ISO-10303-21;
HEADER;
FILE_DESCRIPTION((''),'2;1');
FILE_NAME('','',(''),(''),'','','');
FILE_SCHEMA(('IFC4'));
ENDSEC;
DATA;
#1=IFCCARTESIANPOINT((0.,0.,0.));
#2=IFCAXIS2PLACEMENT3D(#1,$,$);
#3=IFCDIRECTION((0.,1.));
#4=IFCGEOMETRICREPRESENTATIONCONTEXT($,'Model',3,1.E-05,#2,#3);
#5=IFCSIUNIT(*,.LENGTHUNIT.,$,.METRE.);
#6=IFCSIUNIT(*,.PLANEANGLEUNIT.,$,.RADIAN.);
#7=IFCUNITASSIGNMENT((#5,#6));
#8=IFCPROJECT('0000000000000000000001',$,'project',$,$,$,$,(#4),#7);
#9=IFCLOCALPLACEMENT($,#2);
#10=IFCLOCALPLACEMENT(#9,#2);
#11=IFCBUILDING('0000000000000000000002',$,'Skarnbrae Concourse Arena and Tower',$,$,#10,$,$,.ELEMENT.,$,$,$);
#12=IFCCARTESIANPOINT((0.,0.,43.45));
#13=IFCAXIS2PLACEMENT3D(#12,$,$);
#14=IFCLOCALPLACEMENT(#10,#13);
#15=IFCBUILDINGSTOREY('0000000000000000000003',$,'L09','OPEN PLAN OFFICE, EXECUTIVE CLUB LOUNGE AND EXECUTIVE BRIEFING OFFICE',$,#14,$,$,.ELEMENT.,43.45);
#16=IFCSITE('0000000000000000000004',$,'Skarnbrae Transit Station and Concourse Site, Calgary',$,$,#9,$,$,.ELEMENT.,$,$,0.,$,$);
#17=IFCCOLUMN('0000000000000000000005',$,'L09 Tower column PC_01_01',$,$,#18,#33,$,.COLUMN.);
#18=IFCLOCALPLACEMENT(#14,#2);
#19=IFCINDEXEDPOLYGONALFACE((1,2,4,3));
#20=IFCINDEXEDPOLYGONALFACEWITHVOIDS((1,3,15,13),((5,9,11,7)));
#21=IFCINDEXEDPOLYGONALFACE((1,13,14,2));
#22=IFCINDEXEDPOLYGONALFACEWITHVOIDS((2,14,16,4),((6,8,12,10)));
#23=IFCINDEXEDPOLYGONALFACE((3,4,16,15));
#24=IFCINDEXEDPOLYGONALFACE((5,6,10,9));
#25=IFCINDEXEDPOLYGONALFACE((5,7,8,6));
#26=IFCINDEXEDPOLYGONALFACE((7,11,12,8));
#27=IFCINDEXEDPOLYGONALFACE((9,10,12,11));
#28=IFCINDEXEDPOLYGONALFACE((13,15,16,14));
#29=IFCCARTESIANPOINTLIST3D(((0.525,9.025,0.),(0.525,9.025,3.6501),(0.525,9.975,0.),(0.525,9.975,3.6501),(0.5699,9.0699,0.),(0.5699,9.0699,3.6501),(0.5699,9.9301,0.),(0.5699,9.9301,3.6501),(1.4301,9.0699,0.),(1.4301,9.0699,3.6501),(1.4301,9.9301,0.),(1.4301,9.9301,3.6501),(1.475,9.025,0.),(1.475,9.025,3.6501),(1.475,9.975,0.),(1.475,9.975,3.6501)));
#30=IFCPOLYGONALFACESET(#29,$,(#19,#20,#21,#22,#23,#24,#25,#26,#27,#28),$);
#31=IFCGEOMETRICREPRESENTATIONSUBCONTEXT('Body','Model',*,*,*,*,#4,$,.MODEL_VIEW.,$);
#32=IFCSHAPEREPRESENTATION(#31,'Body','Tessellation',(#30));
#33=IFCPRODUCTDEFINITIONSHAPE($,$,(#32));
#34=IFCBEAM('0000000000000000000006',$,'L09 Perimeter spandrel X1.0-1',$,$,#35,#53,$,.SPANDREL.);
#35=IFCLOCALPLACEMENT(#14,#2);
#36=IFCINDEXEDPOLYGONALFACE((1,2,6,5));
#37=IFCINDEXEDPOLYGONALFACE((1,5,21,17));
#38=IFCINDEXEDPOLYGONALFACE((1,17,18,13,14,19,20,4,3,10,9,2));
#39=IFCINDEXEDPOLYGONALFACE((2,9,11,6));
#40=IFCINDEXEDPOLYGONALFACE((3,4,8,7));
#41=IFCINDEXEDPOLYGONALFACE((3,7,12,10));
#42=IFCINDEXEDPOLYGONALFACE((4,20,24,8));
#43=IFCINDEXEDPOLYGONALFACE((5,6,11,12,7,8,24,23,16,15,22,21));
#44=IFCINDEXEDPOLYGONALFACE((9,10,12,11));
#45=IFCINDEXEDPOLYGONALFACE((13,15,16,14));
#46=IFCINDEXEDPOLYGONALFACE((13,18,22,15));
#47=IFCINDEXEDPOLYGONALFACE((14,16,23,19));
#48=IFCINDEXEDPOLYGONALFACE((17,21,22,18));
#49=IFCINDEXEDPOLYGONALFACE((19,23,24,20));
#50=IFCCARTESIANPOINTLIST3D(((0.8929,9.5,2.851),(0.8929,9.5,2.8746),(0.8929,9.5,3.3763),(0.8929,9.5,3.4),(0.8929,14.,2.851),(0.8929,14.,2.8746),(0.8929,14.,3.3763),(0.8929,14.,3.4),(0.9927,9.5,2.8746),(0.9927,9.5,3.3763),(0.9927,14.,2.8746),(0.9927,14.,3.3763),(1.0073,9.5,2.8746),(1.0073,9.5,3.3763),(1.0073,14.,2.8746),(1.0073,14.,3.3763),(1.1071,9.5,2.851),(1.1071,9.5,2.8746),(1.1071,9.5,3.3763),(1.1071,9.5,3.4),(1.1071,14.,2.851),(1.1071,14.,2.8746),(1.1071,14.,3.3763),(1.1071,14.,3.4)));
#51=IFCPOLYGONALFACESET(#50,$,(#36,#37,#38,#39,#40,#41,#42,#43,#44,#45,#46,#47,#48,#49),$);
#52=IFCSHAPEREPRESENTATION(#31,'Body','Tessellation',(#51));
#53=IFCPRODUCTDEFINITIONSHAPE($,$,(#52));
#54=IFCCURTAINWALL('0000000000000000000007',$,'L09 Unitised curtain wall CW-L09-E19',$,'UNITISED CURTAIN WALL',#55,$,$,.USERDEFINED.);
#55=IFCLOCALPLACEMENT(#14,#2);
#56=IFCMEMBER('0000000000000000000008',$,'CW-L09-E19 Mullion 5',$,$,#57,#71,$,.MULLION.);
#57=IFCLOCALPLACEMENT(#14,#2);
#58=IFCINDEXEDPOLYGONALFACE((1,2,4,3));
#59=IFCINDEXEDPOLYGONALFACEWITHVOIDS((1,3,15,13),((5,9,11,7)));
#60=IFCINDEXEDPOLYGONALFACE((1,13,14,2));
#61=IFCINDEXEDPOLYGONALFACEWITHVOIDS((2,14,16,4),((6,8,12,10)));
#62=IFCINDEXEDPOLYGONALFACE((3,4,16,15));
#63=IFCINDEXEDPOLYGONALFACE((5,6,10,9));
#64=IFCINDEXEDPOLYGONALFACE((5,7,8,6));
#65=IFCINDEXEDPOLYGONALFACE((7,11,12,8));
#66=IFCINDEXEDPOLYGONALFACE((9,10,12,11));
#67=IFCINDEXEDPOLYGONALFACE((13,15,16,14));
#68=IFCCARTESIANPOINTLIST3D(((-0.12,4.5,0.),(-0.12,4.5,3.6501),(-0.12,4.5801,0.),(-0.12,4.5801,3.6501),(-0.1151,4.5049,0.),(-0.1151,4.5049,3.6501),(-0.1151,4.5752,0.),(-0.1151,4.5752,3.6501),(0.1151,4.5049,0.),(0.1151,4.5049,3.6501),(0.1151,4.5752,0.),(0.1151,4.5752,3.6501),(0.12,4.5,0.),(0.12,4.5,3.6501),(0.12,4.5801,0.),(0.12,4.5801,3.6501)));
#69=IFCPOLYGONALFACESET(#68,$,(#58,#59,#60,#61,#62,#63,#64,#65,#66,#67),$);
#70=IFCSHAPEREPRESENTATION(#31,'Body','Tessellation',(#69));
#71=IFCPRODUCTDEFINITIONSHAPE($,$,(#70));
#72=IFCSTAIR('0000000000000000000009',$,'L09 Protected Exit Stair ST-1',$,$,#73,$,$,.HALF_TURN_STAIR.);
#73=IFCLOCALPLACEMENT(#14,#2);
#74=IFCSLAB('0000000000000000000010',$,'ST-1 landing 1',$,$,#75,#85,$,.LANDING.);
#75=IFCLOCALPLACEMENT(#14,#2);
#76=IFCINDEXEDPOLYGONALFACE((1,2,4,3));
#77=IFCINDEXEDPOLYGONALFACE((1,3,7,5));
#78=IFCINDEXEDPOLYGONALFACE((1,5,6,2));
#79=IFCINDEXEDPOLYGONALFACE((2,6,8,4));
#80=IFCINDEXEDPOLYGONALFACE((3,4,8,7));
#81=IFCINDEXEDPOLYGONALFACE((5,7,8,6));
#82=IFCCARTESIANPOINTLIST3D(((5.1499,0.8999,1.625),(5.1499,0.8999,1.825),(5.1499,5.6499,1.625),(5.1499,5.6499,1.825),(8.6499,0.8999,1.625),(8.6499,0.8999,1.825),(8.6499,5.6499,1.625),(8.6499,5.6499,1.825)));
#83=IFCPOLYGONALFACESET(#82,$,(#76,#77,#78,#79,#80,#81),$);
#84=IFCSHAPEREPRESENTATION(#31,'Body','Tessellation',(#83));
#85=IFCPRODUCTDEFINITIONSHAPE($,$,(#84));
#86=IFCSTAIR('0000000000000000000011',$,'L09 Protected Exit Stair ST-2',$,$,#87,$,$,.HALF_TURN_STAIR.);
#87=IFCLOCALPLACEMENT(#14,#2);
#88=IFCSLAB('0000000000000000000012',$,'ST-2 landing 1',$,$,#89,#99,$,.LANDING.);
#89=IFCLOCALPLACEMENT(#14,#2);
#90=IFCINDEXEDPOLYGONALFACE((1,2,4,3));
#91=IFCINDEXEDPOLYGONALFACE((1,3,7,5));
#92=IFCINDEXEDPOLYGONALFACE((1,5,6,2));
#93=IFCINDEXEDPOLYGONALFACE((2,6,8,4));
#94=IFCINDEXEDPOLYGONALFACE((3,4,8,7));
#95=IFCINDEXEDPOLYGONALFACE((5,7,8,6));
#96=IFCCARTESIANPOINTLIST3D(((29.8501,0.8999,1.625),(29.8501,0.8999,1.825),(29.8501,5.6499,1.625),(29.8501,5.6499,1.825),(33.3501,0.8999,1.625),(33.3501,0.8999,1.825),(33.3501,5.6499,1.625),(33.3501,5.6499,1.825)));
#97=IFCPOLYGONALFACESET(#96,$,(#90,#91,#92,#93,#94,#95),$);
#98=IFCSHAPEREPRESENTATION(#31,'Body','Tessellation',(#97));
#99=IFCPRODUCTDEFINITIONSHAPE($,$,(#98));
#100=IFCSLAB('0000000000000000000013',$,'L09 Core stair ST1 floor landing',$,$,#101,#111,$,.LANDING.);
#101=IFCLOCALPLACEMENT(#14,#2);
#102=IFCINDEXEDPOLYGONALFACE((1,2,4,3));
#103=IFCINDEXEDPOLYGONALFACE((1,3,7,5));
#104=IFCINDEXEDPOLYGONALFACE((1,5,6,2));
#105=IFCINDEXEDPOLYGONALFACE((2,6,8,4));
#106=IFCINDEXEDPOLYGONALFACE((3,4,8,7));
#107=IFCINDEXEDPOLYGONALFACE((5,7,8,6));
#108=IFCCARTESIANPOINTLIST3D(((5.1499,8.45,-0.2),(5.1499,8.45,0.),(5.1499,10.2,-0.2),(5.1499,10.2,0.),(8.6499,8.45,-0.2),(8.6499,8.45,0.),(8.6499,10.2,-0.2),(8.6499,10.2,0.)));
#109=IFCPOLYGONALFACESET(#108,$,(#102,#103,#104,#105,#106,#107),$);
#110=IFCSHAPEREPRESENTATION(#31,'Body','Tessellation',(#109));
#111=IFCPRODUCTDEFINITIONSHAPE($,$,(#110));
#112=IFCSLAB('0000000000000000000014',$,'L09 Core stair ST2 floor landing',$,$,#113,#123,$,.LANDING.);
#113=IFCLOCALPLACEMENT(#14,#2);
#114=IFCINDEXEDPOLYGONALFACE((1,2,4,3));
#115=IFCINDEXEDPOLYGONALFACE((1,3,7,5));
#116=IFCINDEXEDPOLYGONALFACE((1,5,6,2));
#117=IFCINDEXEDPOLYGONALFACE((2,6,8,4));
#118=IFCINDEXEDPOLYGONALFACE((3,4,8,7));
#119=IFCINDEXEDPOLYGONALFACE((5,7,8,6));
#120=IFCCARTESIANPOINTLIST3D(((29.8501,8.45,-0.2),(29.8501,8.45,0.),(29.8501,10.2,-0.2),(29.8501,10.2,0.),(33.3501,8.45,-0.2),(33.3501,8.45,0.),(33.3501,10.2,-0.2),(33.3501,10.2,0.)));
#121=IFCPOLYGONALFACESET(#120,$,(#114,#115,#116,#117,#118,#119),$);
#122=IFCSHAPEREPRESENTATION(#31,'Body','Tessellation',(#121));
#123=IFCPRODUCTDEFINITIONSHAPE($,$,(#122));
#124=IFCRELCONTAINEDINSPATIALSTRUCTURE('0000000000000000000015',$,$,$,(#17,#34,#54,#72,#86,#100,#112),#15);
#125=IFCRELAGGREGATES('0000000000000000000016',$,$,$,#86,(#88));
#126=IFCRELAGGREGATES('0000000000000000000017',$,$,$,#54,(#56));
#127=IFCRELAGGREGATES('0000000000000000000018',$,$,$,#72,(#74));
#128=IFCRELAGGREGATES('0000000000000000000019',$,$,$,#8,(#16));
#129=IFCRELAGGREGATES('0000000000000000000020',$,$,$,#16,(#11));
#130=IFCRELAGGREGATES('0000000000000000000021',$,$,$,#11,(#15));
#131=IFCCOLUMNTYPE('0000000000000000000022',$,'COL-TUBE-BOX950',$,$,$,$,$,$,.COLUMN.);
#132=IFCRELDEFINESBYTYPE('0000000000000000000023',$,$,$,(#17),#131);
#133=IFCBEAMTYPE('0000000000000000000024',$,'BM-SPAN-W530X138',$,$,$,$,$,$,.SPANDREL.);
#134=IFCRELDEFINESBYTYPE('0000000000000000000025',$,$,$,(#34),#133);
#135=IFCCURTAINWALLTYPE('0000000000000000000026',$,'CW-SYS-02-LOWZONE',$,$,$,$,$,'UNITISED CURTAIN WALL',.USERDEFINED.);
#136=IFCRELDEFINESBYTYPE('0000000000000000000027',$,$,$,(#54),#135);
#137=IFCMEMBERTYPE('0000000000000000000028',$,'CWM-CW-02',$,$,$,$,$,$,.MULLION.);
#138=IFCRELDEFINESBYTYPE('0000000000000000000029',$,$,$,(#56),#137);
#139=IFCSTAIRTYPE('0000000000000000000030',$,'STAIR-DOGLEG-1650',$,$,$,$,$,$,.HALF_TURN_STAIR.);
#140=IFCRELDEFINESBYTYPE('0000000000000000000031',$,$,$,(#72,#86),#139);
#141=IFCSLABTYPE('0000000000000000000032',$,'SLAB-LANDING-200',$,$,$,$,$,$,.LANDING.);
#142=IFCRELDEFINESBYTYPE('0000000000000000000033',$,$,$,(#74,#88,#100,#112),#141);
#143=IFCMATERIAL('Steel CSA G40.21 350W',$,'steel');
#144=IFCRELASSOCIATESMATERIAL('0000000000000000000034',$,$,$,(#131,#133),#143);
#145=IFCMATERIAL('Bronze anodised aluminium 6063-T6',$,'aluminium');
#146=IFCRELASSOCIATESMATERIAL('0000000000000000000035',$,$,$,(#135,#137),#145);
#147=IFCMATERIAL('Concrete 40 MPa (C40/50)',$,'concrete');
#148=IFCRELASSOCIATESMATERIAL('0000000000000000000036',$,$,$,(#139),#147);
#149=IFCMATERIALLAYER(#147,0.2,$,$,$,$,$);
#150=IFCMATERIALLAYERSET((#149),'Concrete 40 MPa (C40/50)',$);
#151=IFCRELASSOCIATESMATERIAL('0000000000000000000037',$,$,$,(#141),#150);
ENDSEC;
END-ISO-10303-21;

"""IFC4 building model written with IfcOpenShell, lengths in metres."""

from ifc_helpers import new_model, si_unit, direction, frame, origin, origin_2d, place, context, subcontext, project, spatial, polyline, hollow_rectangle, i_section, outline, extrude, source, transform, mapped, material, layer, layer_set, material_profile, profile_set, type_object, element, aggregate, save


model = new_model("IFC4")

# Units and contexts
model_context = context("Model", 3, precision=1e-05, world=origin(), true_north=direction((0.0, 1.0)))
body_context = subcontext(model_context, "Body", "Model", "MODEL_VIEW")
ifc_project = project(units=[si_unit("LENGTHUNIT", "METRE"), si_unit("PLANEANGLEUNIT", "RADIAN")], contexts=[model_context])

# Site, building, storey
site_placement = place(None, origin())
site = spatial("IfcSite", under=ifc_project, at=site_placement, Name="Skarnbrae Transit Station and Concourse Site, Calgary", CompositionType="ELEMENT", RefElevation=0.0)
building_placement = place(site_placement, origin())
building = spatial("IfcBuilding", under=site, at=building_placement, Name="Skarnbrae Concourse Arena and Tower", CompositionType="ELEMENT")
storey_placement = place(building_placement, frame((0.0, 0.0, 43.45)))
storey = spatial("IfcBuildingStorey", under=building, at=storey_placement, Name="L09", Description="OPEN PLAN OFFICE, EXECUTIVE CLUB LOUNGE AND EXECUTIVE BRIEFING OFFICE", CompositionType="ELEMENT", Elevation=43.45)

# Column
ifc_material_1 = material(Name="Steel CSA G40.21 350W", Category="steel")
ifc_material_profile_1 = material_profile(ifc_material_1, hollow_rectangle(XDim=0.95, YDim=0.95, WallThickness=0.0449, at=origin_2d()), Name="BOX950X950X45")
ifc_profile_set_1 = profile_set([ifc_material_profile_1], Name="Steel CSA G40.21 350W")
column_type = type_object("IfcColumnType", Name="COL-TUBE-BOX950", PredefinedType="COLUMN", material=ifc_profile_set_1)
shared_shape_1 = source(origin(), body_context, "Body", "SweptSolid", [
    extrude(hollow_rectangle(XDim=0.95, YDim=0.95, WallThickness=0.0449, at=origin_2d()), origin(), (0.0, 0.0, 1.0), 3.6501),
])
column_placement = place(storey_placement, frame((1.0, 9.5, 0.0), z_axis=(0.0, 0.0, 1.0), x_axis=(1.0, 0.0, 0.0)))
element("IfcColumn", 1, at=column_placement, inside=storey, type_object=column_type, Name="L09 Tower column PC_01_01", PredefinedType="COLUMN", context=body_context, shape_type="MappedRepresentation", body=[
    mapped(shared_shape_1, transform((0.0, 0.0, 0.0))),
])

# Beam
ifc_material_profile_2 = material_profile(ifc_material_1, i_section(OverallWidth=0.2141, OverallDepth=0.5491, WebThickness=0.0146, FlangeThickness=0.0237, at=origin_2d()), Name="W530X138")
ifc_profile_set_2 = profile_set([ifc_material_profile_2], Name="Steel CSA G40.21 350W")
beam_type = type_object("IfcBeamType", Name="BM-SPAN-W530X138", PredefinedType="SPANDREL", material=ifc_profile_set_2)
shared_shape_2 = source(origin(), body_context, "Body", "SweptSolid", [
    extrude(i_section(OverallWidth=0.2141, OverallDepth=0.5491, WebThickness=0.0146, FlangeThickness=0.0237, at=origin_2d()), origin(), (0.0, 0.0, 1.0), 4.5),
])
beam_placement = place(storey_placement, frame((1.0, 9.5, 3.1255), z_axis=(0.0, 1.0, 0.0), x_axis=(-1.0, 0.0, 0.0)))
element("IfcBeam", 2, at=beam_placement, inside=storey, type_object=beam_type, Name="L09 Perimeter spandrel X1.0-1", PredefinedType="SPANDREL", context=body_context, shape_type="MappedRepresentation", body=[
    mapped(shared_shape_2, transform((0.0, 0.0, 0.0))),
])

# Curtain wall, member
ifc_material_2 = material(Name="Bronze anodised aluminium 6063-T6", Category="aluminium")
curtain_wall_type = type_object("IfcCurtainWallType", Name="CW-SYS-02-LOWZONE", ElementType="UNITISED CURTAIN WALL", PredefinedType="USERDEFINED", material=ifc_material_2)
curtain_wall_placement = place(storey_placement, origin())
curtain_wall = element("IfcCurtainWall", 3, at=curtain_wall_placement, inside=storey, type_object=curtain_wall_type, Name="L09 Unitised curtain wall CW-L09-E19", ObjectType="UNITISED CURTAIN WALL", PredefinedType="USERDEFINED")
ifc_material_profile_3 = material_profile(ifc_material_2, hollow_rectangle(XDim=0.0801, YDim=0.24, WallThickness=0.0049, at=origin_2d()), Name="ALU-MULL-80X240")
ifc_profile_set_3 = profile_set([ifc_material_profile_3], Name="Bronze anodised aluminium 6063-T6")
member_type = type_object("IfcMemberType", Name="CWM-CW-02", PredefinedType="MULLION", material=ifc_profile_set_3)
shared_shape_3 = source(origin(), body_context, "Body", "SweptSolid", [
    extrude(hollow_rectangle(XDim=0.0801, YDim=0.24, WallThickness=0.0049, at=origin_2d()), origin(), (0.0, 0.0, 1.0), 3.6501),
])
member_placement = place(storey_placement, frame((0.0, 4.54, 0.0), z_axis=(0.0, 0.0, 1.0), x_axis=(0.0, -1.0, 0.0)))
member = element("IfcMember", 4, at=member_placement, type_object=member_type, Name="CW-L09-E19 Mullion 5", PredefinedType="MULLION", context=body_context, shape_type="MappedRepresentation", body=[
    mapped(shared_shape_3, transform((0.0, 0.0, 0.0))),
])

# Stairs, slabs
ifc_material_3 = material(Name="Concrete 40 MPa (C40/50)", Category="concrete")
stair_type = type_object("IfcStairType", Name="STAIR-DOGLEG-1650", PredefinedType="HALF_TURN_STAIR", material=ifc_material_3)
stair_1_placement = place(storey_placement, origin())
stair_1 = element("IfcStair", 5, at=stair_1_placement, inside=storey, type_object=stair_type, Name="L09 Protected Exit Stair ST-1", PredefinedType="HALF_TURN_STAIR")
ifc_layer_1 = layer(ifc_material_3, 0.2)
ifc_layer_set_1 = layer_set([ifc_layer_1], Name="Concrete 40 MPa (C40/50)")
slab_type_1 = type_object("IfcSlabType", Name="SLAB-LANDING-200", PredefinedType="LANDING", material=ifc_layer_set_1)
slab_1_placement = place(storey_placement, frame((0.0, 0.0, 1.625)))
slab_1 = element("IfcSlab", 6, at=slab_1_placement, type_object=slab_type_1, Name="ST-1 landing 1", PredefinedType="LANDING", context=body_context, shape_type="SweptSolid", body=[
    extrude(outline(polyline([(5.1499, 5.6499), (5.1499, 0.8999), (8.6499, 0.8999), (8.6499, 5.6499), (5.1499, 5.6499)])), origin(), (0.0, 0.0, 1.0), 0.2),
])
stair_2_placement = place(storey_placement, origin())
stair_2 = element("IfcStair", 7, at=stair_2_placement, inside=storey, type_object=stair_type, Name="L09 Protected Exit Stair ST-2", PredefinedType="HALF_TURN_STAIR")
slab_2_placement = place(storey_placement, frame((0.0, 0.0, 1.625)))
slab_2 = element("IfcSlab", 8, at=slab_2_placement, type_object=slab_type_1, Name="ST-2 landing 1", PredefinedType="LANDING", context=body_context, shape_type="SweptSolid", body=[
    extrude(outline(polyline([(29.8501, 5.6499), (29.8501, 0.8999), (33.3501, 0.8999), (33.3501, 5.6499), (29.8501, 5.6499)])), origin(), (0.0, 0.0, 1.0), 0.2),
])
aggregate(stair_2, [slab_2])

# Slabs
slab_3_placement = place(storey_placement, frame((0.0, 0.0, -0.2)))
element("IfcSlab", 9, at=slab_3_placement, inside=storey, type_object=slab_type_1, Name="L09 Core stair ST1 floor landing", PredefinedType="LANDING", context=body_context, shape_type="SweptSolid", body=[
    extrude(outline(polyline([(5.1499, 10.2), (5.1499, 8.45), (8.6499, 8.45), (8.6499, 10.2), (5.1499, 10.2)])), origin(), (0.0, 0.0, 1.0), 0.2),
])
slab_4_placement = place(storey_placement, frame((0.0, 0.0, -0.2)))
element("IfcSlab", 10, at=slab_4_placement, inside=storey, type_object=slab_type_1, Name="L09 Core stair ST2 floor landing", PredefinedType="LANDING", context=body_context, shape_type="SweptSolid", body=[
    extrude(outline(polyline([(29.8501, 10.2), (29.8501, 8.45), (33.3501, 8.45), (33.3501, 10.2), (29.8501, 10.2)])), origin(), (0.0, 0.0, 1.0), 0.2),
])

aggregate(curtain_wall, [member])

aggregate(stair_1, [slab_1])

save(model, "model.ifc")
